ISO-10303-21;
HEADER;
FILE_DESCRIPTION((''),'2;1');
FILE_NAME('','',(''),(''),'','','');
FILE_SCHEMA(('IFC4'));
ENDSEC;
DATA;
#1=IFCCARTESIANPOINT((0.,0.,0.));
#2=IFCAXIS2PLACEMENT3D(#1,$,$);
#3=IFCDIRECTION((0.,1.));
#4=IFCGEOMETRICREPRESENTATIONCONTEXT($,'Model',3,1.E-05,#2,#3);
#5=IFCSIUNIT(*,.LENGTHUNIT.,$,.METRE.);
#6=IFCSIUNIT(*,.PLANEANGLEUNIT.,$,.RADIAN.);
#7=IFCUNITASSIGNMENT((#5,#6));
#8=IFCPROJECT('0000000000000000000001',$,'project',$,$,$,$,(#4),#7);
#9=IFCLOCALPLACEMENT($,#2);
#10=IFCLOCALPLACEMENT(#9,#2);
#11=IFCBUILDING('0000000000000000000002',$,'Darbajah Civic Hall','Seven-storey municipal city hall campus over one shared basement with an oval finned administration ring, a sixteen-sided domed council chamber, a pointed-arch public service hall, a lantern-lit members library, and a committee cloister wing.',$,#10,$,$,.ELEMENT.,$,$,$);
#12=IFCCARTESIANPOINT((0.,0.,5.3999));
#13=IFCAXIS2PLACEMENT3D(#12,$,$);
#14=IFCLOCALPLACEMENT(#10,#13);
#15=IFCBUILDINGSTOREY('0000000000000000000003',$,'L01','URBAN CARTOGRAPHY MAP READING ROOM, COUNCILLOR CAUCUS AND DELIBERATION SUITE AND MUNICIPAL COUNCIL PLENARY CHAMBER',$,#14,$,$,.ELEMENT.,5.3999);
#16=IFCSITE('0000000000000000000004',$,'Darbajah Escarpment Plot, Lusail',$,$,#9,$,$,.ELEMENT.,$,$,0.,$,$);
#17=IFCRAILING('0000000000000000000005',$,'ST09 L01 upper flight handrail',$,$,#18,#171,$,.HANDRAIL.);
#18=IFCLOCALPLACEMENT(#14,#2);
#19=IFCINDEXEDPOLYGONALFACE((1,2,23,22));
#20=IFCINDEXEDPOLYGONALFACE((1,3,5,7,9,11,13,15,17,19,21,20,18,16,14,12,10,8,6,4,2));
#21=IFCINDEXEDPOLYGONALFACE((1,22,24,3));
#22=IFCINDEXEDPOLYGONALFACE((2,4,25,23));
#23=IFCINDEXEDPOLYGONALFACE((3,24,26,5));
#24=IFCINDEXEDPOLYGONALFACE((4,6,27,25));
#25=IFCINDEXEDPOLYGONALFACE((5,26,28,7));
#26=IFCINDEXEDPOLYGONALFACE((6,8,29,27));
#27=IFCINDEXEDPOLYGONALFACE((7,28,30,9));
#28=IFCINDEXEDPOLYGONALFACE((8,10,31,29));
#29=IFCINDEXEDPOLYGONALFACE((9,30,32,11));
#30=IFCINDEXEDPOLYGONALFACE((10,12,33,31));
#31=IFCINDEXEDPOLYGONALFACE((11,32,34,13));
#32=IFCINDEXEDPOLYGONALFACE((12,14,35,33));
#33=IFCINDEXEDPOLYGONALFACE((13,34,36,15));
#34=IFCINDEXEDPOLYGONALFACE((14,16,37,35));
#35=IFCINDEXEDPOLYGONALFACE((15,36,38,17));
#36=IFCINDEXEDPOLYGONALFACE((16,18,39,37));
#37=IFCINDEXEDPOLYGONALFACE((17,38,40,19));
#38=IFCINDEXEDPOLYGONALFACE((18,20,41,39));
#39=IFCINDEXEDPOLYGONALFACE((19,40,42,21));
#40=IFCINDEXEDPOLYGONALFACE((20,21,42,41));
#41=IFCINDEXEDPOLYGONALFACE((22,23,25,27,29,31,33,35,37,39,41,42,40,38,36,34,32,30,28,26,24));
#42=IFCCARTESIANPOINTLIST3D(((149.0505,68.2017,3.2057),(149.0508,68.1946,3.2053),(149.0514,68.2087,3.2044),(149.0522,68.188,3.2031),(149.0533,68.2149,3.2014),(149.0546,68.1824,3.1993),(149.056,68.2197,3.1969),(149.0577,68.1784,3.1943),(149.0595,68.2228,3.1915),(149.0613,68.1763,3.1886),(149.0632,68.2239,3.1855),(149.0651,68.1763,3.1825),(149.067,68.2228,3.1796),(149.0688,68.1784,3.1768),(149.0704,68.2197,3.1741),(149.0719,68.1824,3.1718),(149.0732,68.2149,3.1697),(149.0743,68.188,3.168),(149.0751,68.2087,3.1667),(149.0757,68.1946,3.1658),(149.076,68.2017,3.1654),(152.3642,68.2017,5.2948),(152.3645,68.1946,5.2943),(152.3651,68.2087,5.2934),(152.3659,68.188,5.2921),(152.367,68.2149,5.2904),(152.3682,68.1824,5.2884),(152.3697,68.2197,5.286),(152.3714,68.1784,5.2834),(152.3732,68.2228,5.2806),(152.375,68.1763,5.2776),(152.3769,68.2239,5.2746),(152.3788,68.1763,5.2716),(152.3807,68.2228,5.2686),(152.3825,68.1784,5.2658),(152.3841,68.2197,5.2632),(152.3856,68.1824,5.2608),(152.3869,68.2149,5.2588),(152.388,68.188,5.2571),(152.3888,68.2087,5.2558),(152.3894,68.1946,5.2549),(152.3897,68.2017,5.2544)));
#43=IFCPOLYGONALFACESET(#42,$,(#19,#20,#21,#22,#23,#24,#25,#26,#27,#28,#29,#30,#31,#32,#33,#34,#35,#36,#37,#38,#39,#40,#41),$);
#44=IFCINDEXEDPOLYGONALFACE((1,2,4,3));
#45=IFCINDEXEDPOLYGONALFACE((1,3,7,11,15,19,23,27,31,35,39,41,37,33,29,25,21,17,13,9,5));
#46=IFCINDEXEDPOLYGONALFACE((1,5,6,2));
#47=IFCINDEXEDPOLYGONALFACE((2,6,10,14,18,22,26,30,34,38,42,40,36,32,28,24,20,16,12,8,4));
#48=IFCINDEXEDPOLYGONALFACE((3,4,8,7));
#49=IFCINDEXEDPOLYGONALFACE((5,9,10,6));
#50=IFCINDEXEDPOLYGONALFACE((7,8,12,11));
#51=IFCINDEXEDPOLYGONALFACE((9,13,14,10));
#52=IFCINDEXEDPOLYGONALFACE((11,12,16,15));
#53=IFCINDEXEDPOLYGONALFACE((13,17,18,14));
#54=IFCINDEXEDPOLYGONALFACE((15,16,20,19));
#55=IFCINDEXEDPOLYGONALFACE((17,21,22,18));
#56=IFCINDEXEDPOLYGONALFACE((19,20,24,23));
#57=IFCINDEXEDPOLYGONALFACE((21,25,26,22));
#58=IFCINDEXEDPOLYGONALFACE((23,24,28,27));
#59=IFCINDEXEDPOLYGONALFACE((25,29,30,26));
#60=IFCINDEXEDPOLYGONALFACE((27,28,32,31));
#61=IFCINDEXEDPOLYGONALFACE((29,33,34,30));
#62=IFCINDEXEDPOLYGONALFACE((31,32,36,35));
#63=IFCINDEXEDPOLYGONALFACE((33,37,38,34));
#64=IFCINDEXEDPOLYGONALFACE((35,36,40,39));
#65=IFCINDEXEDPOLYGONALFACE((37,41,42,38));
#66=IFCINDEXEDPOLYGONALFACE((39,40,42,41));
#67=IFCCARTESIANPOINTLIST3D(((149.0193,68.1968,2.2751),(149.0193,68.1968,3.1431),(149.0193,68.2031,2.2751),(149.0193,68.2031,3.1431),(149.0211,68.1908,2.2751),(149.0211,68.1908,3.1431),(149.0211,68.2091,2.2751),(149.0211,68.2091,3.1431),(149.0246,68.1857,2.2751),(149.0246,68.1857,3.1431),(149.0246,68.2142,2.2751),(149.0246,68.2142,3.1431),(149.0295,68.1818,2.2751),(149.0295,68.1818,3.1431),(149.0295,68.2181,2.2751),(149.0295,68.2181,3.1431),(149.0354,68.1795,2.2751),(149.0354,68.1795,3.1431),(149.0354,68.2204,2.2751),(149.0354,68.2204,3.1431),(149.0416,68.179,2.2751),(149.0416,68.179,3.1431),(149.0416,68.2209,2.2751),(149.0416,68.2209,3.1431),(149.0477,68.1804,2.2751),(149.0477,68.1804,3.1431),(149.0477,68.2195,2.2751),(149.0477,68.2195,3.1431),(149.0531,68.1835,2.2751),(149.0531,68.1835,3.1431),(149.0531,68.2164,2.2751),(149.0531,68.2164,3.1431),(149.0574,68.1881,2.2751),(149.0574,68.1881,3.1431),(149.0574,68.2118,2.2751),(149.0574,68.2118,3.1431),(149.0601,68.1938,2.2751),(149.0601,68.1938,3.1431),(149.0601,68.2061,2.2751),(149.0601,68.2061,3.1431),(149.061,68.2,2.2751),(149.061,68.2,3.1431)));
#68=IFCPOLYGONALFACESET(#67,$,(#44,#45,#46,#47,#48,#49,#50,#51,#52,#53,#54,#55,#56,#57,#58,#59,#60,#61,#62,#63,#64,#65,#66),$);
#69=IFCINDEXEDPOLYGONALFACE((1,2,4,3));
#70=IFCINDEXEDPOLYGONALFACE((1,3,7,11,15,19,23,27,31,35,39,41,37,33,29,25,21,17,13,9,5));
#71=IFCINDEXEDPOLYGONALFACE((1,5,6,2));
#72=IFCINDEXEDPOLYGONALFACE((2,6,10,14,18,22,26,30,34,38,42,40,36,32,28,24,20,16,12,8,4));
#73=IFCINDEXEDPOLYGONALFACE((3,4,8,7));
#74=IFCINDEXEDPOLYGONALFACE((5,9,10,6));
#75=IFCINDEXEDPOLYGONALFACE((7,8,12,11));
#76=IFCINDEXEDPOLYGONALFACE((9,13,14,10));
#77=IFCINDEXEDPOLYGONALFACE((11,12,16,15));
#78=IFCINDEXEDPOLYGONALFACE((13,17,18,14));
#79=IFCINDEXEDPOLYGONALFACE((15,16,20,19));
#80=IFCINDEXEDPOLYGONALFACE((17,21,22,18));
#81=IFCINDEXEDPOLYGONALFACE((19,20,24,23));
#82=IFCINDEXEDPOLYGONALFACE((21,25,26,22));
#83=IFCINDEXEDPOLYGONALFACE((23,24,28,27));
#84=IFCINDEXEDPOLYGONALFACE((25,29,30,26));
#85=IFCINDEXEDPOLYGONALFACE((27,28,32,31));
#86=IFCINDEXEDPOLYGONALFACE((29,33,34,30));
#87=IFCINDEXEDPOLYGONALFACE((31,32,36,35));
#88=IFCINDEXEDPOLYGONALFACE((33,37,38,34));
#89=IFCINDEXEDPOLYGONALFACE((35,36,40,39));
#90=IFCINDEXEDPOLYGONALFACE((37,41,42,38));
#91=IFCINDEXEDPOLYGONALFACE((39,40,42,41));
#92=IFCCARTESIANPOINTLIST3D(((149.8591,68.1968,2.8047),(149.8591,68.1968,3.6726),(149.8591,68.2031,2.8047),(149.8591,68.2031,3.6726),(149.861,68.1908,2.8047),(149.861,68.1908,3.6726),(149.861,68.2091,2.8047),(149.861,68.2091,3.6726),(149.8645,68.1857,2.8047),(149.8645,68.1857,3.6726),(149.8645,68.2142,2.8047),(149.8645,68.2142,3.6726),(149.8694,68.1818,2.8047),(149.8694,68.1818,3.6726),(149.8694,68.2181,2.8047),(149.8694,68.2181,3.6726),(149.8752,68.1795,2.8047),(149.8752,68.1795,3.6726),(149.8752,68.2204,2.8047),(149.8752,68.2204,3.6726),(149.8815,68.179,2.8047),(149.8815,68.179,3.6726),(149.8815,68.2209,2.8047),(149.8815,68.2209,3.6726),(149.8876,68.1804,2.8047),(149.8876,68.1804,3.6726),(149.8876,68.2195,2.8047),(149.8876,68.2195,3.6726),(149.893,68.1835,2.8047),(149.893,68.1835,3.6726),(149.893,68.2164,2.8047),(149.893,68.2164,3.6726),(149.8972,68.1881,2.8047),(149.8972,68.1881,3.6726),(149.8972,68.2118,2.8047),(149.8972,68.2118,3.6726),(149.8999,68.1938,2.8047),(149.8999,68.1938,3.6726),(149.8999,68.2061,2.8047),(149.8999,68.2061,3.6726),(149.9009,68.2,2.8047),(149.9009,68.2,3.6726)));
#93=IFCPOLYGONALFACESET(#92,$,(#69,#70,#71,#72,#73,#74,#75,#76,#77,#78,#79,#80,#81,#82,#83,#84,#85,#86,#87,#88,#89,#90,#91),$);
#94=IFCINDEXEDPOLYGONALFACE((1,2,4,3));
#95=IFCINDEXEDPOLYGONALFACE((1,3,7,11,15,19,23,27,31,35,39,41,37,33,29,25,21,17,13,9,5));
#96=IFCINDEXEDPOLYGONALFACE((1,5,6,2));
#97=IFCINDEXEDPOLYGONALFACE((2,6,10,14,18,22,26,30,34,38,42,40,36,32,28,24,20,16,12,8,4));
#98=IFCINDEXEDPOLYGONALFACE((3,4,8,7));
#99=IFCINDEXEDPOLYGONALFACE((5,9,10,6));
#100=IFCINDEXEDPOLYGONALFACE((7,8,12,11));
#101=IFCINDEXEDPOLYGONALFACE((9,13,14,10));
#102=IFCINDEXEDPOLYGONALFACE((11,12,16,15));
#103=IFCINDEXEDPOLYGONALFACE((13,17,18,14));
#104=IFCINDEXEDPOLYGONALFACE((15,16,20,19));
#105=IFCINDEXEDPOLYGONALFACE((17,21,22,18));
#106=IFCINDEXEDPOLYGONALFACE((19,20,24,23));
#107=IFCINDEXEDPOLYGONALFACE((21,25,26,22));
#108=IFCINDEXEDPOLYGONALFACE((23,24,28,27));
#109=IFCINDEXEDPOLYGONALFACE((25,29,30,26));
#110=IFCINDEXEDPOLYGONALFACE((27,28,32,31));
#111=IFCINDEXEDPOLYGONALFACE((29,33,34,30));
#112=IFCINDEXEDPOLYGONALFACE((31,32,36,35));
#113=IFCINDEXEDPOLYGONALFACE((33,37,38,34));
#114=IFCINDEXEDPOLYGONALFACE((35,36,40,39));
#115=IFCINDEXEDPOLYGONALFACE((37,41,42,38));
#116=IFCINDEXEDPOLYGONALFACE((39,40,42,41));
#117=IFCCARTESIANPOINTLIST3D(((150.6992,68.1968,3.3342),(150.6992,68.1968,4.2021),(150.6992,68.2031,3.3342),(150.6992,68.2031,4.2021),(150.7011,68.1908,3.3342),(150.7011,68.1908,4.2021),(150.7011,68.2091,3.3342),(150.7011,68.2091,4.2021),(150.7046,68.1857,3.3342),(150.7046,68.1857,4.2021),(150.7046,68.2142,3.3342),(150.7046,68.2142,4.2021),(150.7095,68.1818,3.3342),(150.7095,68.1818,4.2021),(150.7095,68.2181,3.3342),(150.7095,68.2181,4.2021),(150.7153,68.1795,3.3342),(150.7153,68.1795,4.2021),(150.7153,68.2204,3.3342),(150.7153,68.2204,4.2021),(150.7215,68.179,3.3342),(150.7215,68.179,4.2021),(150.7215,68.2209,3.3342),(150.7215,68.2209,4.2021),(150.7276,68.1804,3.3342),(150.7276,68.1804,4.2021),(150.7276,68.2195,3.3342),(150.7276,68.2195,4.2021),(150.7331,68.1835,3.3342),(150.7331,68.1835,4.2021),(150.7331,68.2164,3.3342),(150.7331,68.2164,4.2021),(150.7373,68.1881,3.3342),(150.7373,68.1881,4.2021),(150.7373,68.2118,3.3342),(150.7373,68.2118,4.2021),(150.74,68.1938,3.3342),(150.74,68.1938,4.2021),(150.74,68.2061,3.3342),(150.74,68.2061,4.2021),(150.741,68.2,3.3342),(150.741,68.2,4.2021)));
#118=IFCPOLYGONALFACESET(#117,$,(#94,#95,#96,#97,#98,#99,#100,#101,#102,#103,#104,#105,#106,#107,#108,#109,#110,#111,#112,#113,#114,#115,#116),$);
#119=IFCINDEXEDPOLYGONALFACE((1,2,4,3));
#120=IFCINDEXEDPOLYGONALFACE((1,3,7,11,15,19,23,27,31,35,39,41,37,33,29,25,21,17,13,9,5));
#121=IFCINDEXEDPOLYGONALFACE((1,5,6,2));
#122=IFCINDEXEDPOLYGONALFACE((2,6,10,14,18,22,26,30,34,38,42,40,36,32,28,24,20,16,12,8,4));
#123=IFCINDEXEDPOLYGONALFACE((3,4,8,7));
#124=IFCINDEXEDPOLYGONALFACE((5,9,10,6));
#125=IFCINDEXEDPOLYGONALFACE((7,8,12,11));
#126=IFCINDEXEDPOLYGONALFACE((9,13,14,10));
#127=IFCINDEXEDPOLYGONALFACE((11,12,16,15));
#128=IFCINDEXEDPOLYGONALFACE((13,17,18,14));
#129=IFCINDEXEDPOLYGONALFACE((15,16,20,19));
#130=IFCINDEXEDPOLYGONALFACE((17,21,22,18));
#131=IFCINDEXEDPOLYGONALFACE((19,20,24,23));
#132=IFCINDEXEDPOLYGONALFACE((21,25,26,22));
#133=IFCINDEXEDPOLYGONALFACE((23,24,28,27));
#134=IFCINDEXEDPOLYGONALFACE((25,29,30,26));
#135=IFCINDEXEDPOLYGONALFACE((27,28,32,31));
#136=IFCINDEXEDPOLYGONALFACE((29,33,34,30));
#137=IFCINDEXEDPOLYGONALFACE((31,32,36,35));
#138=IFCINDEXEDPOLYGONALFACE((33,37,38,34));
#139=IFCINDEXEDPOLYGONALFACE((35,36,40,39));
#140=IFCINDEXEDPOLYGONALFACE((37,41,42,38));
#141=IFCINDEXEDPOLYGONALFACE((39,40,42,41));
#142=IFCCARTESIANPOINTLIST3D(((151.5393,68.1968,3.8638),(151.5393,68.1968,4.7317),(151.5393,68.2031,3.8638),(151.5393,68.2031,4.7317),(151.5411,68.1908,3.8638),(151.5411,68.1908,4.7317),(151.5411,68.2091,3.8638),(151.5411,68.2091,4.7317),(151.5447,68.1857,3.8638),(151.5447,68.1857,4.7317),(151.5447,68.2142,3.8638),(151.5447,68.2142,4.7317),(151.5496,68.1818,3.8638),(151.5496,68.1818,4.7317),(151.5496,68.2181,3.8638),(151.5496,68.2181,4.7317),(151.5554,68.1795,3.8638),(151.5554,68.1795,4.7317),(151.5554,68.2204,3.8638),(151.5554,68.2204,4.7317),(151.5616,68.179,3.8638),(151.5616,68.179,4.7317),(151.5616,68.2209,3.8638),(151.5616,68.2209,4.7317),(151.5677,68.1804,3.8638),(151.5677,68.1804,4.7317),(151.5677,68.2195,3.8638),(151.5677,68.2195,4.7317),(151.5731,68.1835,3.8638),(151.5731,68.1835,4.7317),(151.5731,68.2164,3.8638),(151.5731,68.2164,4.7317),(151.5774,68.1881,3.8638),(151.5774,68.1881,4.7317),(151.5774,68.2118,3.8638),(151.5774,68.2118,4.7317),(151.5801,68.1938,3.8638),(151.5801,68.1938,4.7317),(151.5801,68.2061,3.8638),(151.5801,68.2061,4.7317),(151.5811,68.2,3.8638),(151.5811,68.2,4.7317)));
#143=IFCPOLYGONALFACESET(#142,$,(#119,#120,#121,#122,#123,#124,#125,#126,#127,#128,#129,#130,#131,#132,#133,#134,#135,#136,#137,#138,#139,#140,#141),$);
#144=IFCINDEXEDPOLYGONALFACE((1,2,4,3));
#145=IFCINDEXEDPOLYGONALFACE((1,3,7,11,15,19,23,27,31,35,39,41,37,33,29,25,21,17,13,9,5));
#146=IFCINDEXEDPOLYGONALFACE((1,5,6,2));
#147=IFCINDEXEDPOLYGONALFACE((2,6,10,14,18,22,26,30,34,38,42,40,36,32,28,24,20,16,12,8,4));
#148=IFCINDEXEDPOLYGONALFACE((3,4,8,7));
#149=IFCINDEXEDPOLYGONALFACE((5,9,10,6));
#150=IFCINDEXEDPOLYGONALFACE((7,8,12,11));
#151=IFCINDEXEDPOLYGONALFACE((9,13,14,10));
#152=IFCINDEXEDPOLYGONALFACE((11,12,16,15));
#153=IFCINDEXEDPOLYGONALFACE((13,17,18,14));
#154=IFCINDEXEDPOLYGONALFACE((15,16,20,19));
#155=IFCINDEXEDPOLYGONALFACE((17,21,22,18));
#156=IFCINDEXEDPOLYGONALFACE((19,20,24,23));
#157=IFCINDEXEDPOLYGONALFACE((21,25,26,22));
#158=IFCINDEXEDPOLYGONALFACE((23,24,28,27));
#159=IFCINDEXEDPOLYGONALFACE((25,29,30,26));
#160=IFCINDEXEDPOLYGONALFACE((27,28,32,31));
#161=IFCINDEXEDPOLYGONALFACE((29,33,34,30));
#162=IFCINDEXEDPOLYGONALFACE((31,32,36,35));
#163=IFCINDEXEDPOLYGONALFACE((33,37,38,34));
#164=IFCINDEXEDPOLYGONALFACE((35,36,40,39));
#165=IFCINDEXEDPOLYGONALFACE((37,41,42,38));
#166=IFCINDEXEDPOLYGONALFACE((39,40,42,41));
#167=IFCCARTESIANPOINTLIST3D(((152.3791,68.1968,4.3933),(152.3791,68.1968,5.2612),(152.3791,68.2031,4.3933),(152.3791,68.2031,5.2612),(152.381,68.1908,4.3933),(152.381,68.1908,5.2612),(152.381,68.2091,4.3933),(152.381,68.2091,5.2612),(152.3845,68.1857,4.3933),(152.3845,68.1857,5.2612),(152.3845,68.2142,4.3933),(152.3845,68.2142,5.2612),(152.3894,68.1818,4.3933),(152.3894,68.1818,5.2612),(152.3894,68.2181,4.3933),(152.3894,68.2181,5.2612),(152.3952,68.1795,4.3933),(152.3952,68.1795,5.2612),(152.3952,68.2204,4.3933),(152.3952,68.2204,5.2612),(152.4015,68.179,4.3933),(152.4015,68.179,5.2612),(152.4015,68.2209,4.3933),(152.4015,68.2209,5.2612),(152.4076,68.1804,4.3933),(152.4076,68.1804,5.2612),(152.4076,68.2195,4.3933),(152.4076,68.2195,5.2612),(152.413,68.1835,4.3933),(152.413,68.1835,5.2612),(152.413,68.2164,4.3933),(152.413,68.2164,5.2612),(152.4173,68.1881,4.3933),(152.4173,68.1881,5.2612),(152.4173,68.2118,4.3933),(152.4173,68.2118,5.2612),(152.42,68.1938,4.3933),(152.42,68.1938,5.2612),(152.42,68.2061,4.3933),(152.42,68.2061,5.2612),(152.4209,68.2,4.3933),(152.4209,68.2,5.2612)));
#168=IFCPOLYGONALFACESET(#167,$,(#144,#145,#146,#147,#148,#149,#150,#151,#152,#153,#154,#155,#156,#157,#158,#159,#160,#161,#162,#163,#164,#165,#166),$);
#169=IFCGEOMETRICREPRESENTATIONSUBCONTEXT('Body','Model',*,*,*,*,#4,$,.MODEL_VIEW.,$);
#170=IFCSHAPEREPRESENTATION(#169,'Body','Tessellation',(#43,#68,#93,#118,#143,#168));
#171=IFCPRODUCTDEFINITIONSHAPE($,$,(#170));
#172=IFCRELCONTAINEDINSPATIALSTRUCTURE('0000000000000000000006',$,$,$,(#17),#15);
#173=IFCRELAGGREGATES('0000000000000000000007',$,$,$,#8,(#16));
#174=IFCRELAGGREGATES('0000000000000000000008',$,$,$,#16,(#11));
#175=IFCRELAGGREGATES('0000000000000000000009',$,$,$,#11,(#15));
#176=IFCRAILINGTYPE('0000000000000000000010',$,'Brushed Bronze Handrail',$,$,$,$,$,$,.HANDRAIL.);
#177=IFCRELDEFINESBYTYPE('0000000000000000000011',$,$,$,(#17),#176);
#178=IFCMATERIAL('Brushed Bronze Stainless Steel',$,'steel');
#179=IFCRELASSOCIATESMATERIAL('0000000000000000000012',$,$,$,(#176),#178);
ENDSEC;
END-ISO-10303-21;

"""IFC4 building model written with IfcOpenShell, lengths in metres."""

from ifc_helpers import new_model, si_unit, direction, frame, origin, origin_2d, place, context, subcontext, project, spatial, circle, extrude, material, type_object, element, save


model = new_model("IFC4")

# Units and contexts
model_context = context("Model", 3, precision=1e-05, world=origin(), true_north=direction((0.0, 1.0)))
body_context = subcontext(model_context, "Body", "Model", "MODEL_VIEW")
ifc_project = project(units=[si_unit("LENGTHUNIT", "METRE"), si_unit("PLANEANGLEUNIT", "RADIAN")], contexts=[model_context])

# Site, building, storey
site_placement = place(None, origin())
site = spatial("IfcSite", under=ifc_project, at=site_placement, Name="Darbajah Escarpment Plot, Lusail", CompositionType="ELEMENT", RefElevation=0.0)
building_placement = place(site_placement, origin())
building = spatial("IfcBuilding", under=site, at=building_placement, Name="Darbajah Civic Hall", Description="Seven-storey municipal city hall campus over one shared basement with an oval finned administration ring, a sixteen-sided domed council chamber, a pointed-arch public service hall, a lantern-lit members library, and a committee cloister wing.", CompositionType="ELEMENT")
storey_placement = place(building_placement, frame((0.0, 0.0, 5.3999)))
storey = spatial("IfcBuildingStorey", under=building, at=storey_placement, Name="L01", Description="URBAN CARTOGRAPHY MAP READING ROOM, COUNCILLOR CAUCUS AND DELIBERATION SUITE AND MUNICIPAL COUNCIL PLENARY CHAMBER", CompositionType="ELEMENT", Elevation=5.3999)

# Railing
ifc_material_1 = material(Name="Brushed Bronze Stainless Steel", Category="steel")
railing_type_1 = type_object("IfcRailingType", Name="Brushed Bronze Handrail", PredefinedType="HANDRAIL", material=ifc_material_1)
railing_1_placement = place(storey_placement, frame((149.04, 68.2, 2.2751)))
element("IfcRailing", 1, at=railing_1_placement, inside=storey, type_object=railing_type_1, Name="ST09 L01 upper flight handrail", PredefinedType="HANDRAIL", context=body_context, shape_type="SweptSolid", body=[
    extrude(circle(Radius=0.0239, at=origin_2d()), frame((0.0232, 0.0, 0.9104), z_axis=(0.845927, 0.0, 0.533299), x_axis=(0.0, 1.0, 0.0)), (0.0, 0.0, 1.0), 3.9172),
    extrude(circle(Radius=0.021, at=origin_2d()), origin(), (0.0, 0.0, 1.0), 0.8679),
    extrude(circle(Radius=0.021, at=origin_2d()), frame((0.8398, 0.0, 0.5295)), (0.0, 0.0, 1.0), 0.8679),
    extrude(circle(Radius=0.021, at=origin_2d()), frame((1.6799, 0.0, 1.0591)), (0.0, 0.0, 1.0), 0.8679),
    extrude(circle(Radius=0.021, at=origin_2d()), frame((2.52, 0.0, 1.5886)), (0.0, 0.0, 1.0), 0.8679),
    extrude(circle(Radius=0.021, at=origin_2d()), frame((3.3599, 0.0, 2.1182)), (0.0, 0.0, 1.0), 0.8679),
])

save(model, "model.ifc")
